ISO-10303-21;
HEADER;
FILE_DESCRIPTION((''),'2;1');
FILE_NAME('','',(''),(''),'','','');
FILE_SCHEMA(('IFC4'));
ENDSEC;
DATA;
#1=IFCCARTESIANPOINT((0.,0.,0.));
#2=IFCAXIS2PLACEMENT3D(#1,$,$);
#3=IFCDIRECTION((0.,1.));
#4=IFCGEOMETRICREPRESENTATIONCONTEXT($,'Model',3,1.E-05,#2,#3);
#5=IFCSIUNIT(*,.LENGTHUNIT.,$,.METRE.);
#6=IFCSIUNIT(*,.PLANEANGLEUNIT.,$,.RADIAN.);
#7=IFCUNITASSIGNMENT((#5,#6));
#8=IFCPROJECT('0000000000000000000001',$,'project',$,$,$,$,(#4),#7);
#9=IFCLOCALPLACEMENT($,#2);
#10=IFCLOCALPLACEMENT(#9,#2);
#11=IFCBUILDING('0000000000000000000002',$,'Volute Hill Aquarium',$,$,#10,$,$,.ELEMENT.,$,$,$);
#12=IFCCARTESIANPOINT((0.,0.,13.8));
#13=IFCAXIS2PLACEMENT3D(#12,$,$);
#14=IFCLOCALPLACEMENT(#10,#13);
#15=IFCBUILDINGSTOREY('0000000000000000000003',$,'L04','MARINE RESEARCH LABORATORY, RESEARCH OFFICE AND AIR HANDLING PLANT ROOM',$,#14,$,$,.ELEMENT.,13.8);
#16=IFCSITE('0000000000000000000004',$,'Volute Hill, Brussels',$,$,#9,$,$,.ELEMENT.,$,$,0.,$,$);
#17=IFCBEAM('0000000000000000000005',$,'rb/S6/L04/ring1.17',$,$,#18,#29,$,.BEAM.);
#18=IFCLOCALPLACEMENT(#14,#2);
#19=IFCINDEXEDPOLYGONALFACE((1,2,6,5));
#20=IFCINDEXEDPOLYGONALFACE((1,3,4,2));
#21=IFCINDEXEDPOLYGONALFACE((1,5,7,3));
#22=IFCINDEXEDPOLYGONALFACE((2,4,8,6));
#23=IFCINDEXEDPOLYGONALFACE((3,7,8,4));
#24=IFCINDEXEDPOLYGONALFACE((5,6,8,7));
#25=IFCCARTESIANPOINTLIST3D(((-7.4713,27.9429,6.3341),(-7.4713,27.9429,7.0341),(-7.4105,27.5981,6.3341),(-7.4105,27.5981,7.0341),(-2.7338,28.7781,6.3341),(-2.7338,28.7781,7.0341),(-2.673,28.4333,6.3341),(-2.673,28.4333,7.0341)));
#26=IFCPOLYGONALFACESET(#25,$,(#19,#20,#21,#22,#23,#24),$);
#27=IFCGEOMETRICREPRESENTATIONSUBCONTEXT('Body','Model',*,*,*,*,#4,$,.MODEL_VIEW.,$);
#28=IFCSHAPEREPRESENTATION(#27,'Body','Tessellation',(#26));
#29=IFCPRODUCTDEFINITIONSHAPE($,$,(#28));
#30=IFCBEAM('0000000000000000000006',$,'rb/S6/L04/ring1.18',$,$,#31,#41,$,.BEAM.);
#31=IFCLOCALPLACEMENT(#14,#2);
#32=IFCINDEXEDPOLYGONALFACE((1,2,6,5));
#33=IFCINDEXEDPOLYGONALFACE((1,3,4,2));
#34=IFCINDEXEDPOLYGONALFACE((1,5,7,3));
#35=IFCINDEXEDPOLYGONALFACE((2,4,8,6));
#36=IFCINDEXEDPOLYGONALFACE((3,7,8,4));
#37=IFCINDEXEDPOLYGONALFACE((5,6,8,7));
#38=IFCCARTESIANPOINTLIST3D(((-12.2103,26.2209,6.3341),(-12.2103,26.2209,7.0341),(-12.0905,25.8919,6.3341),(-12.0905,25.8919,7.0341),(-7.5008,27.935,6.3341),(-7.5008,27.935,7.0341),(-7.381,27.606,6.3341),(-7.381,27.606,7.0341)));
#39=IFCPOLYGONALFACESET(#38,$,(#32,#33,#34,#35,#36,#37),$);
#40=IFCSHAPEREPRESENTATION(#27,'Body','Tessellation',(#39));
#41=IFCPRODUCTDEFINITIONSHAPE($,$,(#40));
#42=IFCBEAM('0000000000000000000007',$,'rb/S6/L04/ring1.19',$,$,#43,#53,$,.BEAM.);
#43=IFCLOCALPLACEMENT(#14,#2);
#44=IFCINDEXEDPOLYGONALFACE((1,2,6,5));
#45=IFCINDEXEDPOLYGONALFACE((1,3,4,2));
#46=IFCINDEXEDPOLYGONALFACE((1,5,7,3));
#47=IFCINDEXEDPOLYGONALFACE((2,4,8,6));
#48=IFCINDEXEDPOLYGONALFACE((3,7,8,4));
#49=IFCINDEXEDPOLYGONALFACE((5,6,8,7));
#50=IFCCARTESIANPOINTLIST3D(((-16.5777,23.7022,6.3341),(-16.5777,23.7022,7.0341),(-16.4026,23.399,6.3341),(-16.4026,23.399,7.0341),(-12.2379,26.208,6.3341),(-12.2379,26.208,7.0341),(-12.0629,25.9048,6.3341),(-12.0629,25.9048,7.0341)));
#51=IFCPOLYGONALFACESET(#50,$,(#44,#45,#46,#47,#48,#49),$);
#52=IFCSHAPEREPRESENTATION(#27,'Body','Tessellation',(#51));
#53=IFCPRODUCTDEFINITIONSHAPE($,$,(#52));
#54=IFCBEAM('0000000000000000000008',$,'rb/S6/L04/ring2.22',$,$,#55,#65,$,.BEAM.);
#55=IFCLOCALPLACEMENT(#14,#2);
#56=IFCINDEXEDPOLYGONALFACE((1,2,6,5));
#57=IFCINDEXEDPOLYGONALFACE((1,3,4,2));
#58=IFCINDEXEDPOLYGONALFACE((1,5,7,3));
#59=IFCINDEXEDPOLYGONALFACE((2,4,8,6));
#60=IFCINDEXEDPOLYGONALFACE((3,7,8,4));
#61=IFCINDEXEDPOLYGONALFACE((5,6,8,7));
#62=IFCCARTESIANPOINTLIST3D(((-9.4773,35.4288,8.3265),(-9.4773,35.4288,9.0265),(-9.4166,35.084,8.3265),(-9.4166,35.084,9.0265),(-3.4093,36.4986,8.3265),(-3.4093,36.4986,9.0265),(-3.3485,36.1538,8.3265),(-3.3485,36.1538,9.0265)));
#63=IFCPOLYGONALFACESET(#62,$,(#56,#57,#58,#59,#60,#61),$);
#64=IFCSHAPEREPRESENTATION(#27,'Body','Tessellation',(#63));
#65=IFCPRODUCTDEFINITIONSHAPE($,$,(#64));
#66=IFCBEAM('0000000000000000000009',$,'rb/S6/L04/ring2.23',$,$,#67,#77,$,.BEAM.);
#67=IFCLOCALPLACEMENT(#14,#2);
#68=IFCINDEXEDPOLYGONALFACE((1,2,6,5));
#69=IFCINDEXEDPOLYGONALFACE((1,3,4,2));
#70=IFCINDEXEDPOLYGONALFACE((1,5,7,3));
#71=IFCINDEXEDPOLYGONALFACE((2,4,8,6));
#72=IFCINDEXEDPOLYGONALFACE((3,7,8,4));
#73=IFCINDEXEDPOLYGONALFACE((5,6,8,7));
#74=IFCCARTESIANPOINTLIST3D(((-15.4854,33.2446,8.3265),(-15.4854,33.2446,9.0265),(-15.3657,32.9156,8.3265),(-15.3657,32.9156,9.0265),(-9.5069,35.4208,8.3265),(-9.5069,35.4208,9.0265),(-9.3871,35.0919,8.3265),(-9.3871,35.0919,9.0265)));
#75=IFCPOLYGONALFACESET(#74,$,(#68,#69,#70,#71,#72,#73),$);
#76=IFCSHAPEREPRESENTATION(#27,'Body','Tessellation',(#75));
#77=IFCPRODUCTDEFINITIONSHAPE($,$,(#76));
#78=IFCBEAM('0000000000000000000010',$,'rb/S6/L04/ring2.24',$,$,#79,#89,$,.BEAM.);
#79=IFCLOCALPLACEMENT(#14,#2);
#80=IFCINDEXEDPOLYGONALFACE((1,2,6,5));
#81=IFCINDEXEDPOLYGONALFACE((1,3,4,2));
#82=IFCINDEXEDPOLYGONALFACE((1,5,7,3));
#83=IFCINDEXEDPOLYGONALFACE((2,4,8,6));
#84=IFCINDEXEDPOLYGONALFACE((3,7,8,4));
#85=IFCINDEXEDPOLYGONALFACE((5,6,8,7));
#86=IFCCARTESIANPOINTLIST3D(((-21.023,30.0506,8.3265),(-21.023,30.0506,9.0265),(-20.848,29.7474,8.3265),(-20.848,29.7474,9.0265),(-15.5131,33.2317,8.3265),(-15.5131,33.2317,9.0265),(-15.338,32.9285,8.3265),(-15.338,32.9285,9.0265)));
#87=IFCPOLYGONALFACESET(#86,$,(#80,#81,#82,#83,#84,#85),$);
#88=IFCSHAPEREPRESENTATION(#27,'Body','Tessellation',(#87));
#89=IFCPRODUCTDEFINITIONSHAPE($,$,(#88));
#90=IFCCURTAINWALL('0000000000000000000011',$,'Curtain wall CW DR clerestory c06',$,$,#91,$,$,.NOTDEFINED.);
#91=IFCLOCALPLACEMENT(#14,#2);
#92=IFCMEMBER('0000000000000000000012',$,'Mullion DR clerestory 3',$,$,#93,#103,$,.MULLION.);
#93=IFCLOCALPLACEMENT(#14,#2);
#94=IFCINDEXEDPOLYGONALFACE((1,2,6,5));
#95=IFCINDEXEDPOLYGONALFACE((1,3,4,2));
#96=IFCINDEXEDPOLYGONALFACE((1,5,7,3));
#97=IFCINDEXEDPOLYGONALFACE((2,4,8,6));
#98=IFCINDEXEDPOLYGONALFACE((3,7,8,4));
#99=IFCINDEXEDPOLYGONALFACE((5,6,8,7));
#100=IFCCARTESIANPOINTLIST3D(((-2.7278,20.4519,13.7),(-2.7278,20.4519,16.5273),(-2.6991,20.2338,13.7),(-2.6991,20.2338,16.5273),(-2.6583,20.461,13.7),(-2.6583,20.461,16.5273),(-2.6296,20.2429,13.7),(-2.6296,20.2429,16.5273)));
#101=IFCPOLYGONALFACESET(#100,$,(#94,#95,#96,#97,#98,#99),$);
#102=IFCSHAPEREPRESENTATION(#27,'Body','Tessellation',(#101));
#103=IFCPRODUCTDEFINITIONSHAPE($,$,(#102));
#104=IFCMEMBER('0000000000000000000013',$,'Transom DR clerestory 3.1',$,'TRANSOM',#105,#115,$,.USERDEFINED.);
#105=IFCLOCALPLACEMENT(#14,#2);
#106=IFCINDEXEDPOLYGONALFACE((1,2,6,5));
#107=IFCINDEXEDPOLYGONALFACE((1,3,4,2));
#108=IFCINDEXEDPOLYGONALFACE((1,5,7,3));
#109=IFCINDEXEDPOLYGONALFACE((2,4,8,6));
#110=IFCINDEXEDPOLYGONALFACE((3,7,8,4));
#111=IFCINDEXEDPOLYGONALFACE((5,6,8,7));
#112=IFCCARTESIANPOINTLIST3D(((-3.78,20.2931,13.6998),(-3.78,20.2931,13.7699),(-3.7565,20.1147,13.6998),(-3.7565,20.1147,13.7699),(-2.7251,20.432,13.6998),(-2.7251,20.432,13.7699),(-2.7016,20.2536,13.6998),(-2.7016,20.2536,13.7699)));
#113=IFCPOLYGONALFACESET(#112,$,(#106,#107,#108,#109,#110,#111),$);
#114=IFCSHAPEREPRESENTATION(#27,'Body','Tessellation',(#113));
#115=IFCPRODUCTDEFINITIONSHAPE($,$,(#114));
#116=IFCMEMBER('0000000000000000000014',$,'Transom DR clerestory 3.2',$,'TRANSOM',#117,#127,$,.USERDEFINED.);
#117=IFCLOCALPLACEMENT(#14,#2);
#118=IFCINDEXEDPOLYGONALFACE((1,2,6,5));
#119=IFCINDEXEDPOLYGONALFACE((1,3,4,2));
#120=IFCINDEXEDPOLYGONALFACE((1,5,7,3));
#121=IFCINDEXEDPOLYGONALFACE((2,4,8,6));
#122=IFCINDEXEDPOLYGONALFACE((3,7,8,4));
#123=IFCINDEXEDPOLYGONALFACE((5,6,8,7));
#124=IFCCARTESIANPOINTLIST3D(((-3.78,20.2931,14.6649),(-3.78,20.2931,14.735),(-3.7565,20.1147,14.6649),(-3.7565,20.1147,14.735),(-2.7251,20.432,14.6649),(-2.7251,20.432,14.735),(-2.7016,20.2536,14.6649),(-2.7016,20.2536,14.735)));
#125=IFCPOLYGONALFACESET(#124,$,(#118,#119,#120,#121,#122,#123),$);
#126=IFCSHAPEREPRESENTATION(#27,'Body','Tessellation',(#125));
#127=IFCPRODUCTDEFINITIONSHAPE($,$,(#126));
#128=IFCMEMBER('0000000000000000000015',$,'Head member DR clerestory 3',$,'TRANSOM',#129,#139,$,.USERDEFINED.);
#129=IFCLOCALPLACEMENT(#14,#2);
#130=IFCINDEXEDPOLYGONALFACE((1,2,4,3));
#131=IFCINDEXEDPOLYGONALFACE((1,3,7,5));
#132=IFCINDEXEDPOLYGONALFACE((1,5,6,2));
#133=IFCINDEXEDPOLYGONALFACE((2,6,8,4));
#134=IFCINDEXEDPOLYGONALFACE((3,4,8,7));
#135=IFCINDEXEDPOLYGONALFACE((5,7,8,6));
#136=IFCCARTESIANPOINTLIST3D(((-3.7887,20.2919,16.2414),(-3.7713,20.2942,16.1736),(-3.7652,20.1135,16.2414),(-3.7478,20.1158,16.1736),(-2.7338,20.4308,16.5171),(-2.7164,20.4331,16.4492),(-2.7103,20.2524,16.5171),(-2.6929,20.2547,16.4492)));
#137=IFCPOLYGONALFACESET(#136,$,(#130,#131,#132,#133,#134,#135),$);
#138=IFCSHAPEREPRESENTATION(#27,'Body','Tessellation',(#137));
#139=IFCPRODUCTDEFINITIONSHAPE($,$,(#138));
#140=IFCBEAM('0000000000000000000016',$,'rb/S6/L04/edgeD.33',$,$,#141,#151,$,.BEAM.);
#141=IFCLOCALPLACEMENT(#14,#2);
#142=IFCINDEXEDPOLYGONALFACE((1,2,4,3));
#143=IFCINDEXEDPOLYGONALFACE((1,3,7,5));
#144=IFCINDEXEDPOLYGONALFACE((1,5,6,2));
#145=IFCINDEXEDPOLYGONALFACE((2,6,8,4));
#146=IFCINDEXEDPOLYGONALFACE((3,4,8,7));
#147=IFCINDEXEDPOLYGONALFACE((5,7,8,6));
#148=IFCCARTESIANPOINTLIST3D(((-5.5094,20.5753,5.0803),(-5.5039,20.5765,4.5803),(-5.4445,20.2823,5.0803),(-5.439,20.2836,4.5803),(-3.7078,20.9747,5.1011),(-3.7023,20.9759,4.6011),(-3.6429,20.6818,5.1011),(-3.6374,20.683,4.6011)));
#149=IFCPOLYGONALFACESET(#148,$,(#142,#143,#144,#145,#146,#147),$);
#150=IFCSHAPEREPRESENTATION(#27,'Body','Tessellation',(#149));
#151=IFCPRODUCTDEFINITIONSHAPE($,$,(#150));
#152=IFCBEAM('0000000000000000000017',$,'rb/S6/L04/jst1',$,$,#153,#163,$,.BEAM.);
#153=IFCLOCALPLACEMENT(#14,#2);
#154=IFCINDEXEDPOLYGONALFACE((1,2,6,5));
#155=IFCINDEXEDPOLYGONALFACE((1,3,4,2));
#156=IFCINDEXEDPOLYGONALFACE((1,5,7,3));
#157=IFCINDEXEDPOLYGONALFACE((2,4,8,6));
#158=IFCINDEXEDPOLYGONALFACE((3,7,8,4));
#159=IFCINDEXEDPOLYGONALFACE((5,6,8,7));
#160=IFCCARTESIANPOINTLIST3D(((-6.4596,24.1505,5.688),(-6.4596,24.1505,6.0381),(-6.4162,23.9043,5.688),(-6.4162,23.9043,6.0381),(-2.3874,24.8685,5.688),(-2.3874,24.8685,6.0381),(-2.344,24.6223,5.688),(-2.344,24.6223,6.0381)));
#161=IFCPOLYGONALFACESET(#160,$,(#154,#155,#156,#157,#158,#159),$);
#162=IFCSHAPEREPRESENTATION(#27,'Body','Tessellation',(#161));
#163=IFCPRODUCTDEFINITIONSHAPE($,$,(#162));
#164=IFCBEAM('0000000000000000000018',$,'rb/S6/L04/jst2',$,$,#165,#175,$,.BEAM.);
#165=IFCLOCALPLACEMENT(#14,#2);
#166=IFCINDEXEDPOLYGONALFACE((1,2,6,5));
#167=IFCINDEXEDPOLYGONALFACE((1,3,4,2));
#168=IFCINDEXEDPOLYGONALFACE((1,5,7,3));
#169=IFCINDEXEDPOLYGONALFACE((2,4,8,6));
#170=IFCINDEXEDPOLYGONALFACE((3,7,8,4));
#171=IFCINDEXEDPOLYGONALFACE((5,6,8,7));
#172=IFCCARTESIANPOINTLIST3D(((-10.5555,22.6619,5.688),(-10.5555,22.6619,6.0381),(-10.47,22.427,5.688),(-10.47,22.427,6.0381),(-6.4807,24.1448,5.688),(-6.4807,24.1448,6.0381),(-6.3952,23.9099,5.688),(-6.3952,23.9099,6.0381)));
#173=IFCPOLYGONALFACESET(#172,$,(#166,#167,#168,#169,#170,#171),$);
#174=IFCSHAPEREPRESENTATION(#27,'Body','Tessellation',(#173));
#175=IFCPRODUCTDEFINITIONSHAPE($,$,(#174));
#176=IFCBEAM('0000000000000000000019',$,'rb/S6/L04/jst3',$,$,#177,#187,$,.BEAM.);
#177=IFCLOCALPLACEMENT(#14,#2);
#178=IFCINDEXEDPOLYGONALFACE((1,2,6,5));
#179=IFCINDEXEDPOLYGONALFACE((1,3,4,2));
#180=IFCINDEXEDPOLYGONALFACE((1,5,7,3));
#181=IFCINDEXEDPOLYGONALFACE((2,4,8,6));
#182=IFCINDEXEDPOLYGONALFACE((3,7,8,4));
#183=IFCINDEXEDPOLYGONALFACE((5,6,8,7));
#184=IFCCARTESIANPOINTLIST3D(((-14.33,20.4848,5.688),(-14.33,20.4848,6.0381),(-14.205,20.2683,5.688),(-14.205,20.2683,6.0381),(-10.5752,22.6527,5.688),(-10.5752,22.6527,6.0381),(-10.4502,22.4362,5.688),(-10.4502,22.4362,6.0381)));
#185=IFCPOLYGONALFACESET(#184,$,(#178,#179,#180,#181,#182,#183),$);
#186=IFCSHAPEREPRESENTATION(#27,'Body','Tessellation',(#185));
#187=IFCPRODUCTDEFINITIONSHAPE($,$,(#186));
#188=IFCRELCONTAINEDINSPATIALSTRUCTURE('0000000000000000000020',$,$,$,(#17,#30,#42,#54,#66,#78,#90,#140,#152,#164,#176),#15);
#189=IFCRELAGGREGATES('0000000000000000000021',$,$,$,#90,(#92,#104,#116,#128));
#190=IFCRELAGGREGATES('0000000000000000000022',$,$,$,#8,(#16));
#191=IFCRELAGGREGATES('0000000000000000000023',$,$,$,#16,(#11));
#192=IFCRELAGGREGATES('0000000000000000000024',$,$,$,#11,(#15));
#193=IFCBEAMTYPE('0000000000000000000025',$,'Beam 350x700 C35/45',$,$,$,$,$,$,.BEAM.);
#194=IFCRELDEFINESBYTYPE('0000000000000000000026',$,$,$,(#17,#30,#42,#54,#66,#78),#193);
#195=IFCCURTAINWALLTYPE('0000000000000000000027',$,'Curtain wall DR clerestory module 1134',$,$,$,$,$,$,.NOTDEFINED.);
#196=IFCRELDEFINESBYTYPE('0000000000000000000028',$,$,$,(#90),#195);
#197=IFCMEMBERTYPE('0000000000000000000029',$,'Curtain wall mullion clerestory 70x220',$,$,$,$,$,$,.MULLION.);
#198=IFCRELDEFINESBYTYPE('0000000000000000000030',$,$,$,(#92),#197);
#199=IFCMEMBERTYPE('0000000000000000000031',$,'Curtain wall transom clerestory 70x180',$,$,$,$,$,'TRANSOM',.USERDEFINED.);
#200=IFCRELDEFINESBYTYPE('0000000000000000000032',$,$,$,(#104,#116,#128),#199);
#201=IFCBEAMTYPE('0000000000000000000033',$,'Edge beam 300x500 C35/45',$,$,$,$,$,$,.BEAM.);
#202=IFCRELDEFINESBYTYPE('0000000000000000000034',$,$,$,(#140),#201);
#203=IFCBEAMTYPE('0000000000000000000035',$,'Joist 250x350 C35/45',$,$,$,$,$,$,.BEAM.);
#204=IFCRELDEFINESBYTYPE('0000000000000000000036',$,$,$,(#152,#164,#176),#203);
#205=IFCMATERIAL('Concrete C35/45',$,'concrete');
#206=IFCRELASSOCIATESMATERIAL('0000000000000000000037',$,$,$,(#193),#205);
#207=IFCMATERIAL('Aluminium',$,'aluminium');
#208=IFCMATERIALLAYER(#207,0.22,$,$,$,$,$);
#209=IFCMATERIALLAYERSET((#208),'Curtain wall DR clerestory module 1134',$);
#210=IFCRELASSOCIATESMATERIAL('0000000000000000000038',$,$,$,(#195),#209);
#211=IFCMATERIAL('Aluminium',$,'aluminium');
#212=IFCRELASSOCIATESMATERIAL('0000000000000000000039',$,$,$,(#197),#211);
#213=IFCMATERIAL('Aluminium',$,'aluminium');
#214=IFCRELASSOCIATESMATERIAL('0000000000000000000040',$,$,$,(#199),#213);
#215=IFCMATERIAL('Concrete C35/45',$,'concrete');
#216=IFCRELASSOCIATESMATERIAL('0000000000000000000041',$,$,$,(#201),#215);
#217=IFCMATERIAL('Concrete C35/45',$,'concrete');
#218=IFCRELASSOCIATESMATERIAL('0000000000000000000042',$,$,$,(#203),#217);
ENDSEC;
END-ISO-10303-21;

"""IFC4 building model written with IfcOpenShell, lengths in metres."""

from ifc_helpers import new_model, si_unit, direction, frame, origin, origin_2d, place, context, subcontext, project, spatial, rectangle, extrude, material, layer, layer_set, material_profile, profile_set, type_object, element, aggregate, save


model = new_model("IFC4")

# Units and contexts
model_context = context("Model", 3, precision=1e-05, world=origin(), true_north=direction((0.0, 1.0)))
body_context = subcontext(model_context, "Body", "Model", "MODEL_VIEW")
ifc_project = project(units=[si_unit("LENGTHUNIT", "METRE"), si_unit("PLANEANGLEUNIT", "RADIAN")], contexts=[model_context])

# Site, building, storey
site_placement = place(None, origin())
site = spatial("IfcSite", under=ifc_project, at=site_placement, Name="Volute Hill, Brussels", CompositionType="ELEMENT", RefElevation=0.0)
building_placement = place(site_placement, origin())
building = spatial("IfcBuilding", under=site, at=building_placement, Name="Volute Hill Aquarium", CompositionType="ELEMENT")
storey_placement = place(building_placement, frame((0.0, 0.0, 13.8)))
storey = spatial("IfcBuildingStorey", under=building, at=storey_placement, Name="L04", Description="MARINE RESEARCH LABORATORY, RESEARCH OFFICE AND AIR HANDLING PLANT ROOM", CompositionType="ELEMENT", Elevation=13.8)

# Beams
ifc_material_1 = material(Name="Concrete C35/45", Category="concrete")
ifc_material_profile_1 = material_profile(ifc_material_1, rectangle(XDim=0.3501, YDim=0.7, at=origin_2d()), Name="RC beam 350x700")
ifc_profile_set_1 = profile_set([ifc_material_profile_1], Name="Concrete C35/45")
beam_type_1 = type_object("IfcBeamType", Name="Beam 350x700 C35/45", PredefinedType="BEAM", material=ifc_profile_set_1)
beam_1_placement = place(storey_placement, frame((-2.7034, 28.6057, 6.6841), z_axis=(-0.984813, -0.173617, 0.0), x_axis=(0.173617, -0.984813, 0.0)))
element("IfcBeam", 1, at=beam_1_placement, inside=storey, type_object=beam_type_1, Name="rb/S6/L04/ring1.17", PredefinedType="BEAM", context=body_context, shape_type="SweptSolid", body=[
    extrude(rectangle(XDim=0.3501, YDim=0.7, at=origin_2d()), origin(), (0.0, 0.0, 1.0), 4.8105),
])
beam_2_placement = place(storey_placement, frame((-7.4409, 27.7705, 6.6841), z_axis=(-0.939692, -0.342021, 0.0), x_axis=(0.342021, -0.939692, 0.0)))
element("IfcBeam", 2, at=beam_2_placement, inside=storey, type_object=beam_type_1, Name="rb/S6/L04/ring1.18", PredefinedType="BEAM", context=body_context, shape_type="SweptSolid", body=[
    extrude(rectangle(XDim=0.3501, YDim=0.7, at=origin_2d()), origin(), (0.0, 0.0, 1.0), 5.0117),
])
beam_3_placement = place(storey_placement, frame((-12.1504, 26.0564, 6.6841), z_axis=(-0.866004, -0.500037, 0.0), x_axis=(0.500037, -0.866004, 0.0)))
element("IfcBeam", 3, at=beam_3_placement, inside=storey, type_object=beam_type_1, Name="rb/S6/L04/ring1.19", PredefinedType="BEAM", context=body_context, shape_type="SweptSolid", body=[
    extrude(rectangle(XDim=0.3501, YDim=0.7, at=origin_2d()), origin(), (0.0, 0.0, 1.0), 5.0112),
])
beam_4_placement = place(storey_placement, frame((-3.3789, 36.3262, 8.6765), z_axis=(-0.984812, -0.173625, 0.0), x_axis=(0.173625, -0.984812, 0.0)))
element("IfcBeam", 4, at=beam_4_placement, inside=storey, type_object=beam_type_1, Name="rb/S6/L04/ring2.22", PredefinedType="BEAM", context=body_context, shape_type="SweptSolid", body=[
    extrude(rectangle(XDim=0.3501, YDim=0.7, at=origin_2d()), origin(), (0.0, 0.0, 1.0), 6.1616),
])
for number, where, z_axis, x_axis, name in (
    (5, (-9.447, 35.2563, 8.6765), (-0.939679, -0.342057, 0.0), (0.342057, -0.939679, 0.0), "rb/S6/L04/ring2.23"),
    (6, (-15.4255, 33.0801, 8.6765), (-0.866029, -0.499994, 0.0), (0.499994, -0.866029, 0.0), "rb/S6/L04/ring2.24"),
):
    element("IfcBeam", number, at=place(storey_placement, frame(where, z_axis=z_axis, x_axis=x_axis)), inside=storey, type_object=beam_type_1, Name=name, PredefinedType="BEAM", context=body_context, shape_type="SweptSolid", body=[
        extrude(rectangle(XDim=0.3501, YDim=0.7, at=origin_2d()), origin(), (0.0, 0.0, 1.0), 6.3623),
    ])

# Curtain wall, members
ifc_material_2 = material(Name="Aluminium", Category="aluminium")
ifc_layer_1 = layer(ifc_material_2, 0.22)
ifc_layer_set_1 = layer_set([ifc_layer_1], Name="Curtain wall DR clerestory module 1134")
curtain_wall_type = type_object("IfcCurtainWallType", Name="Curtain wall DR clerestory module 1134", PredefinedType="NOTDEFINED", material=ifc_layer_set_1)
curtain_wall_placement = place(storey_placement, origin())
curtain_wall = element("IfcCurtainWall", 7, at=curtain_wall_placement, inside=storey, type_object=curtain_wall_type, Name="Curtain wall CW DR clerestory c06", PredefinedType="NOTDEFINED")
ifc_material_3 = material(Name="Aluminium", Category="aluminium")
ifc_material_profile_2 = material_profile(ifc_material_3, rectangle(XDim=0.22, YDim=0.0701, at=origin_2d()), Name="Curtain wall mullion clerestory 70x220")
ifc_profile_set_2 = profile_set([ifc_material_profile_2], Name="Aluminium")
member_type_1 = type_object("IfcMemberType", Name="Curtain wall mullion clerestory 70x220", PredefinedType="MULLION", material=ifc_profile_set_2)
member_1_placement = place(storey_placement, frame((-2.6787, 20.3474, 13.7), z_axis=(0.0, 0.0, 1.0), x_axis=(0.130519, -0.991446, 0.0)))
member_1 = element("IfcMember", 8, at=member_1_placement, type_object=member_type_1, Name="Mullion DR clerestory 3", PredefinedType="MULLION", context=body_context, shape_type="SweptSolid", body=[
    extrude(rectangle(XDim=0.22, YDim=0.0701, at=origin_2d()), origin(), (0.0, 0.0, 1.0), 2.8274),
])
ifc_material_4 = material(Name="Aluminium", Category="aluminium")
ifc_material_profile_3 = material_profile(ifc_material_4, rectangle(XDim=0.1799, YDim=0.0701, at=origin_2d()), Name="Curtain wall transom clerestory 70x180")
ifc_profile_set_3 = profile_set([ifc_material_profile_3], Name="Aluminium")
member_type_2 = type_object("IfcMemberType", Name="Curtain wall transom clerestory 70x180", ElementType="TRANSOM", PredefinedType="USERDEFINED", material=ifc_profile_set_3)
member_2_placement = place(storey_placement, frame((-2.7134, 20.3428, 13.7349), z_axis=(-0.991441, -0.130555, 0.0), x_axis=(0.130555, -0.991441, 0.0)))
member_2 = element("IfcMember", 9, at=member_2_placement, type_object=member_type_2, Name="Transom DR clerestory 3.1", ObjectType="TRANSOM", PredefinedType="USERDEFINED", context=body_context, shape_type="SweptSolid", body=[
    extrude(rectangle(XDim=0.1799, YDim=0.0701, at=origin_2d()), origin(), (0.0, 0.0, 1.0), 1.064),
])
member_3_placement = place(storey_placement, frame((-2.7134, 20.3428, 14.7), z_axis=(-0.991441, -0.130555, 0.0), x_axis=(0.130555, -0.991441, 0.0)))
member_3 = element("IfcMember", 10, at=member_3_placement, type_object=member_type_2, Name="Transom DR clerestory 3.2", ObjectType="TRANSOM", PredefinedType="USERDEFINED", context=body_context, shape_type="SweptSolid", body=[
    extrude(rectangle(XDim=0.1799, YDim=0.0701, at=origin_2d()), origin(), (0.0, 0.0, 1.0), 1.064),
])
member_4_placement = place(storey_placement, frame((-2.7134, 20.3428, 16.4832), z_axis=(-0.959762, -0.126384, -0.250769), x_axis=(0.130555, -0.991441, 0.0)))
member_4 = element("IfcMember", 11, at=member_4_placement, type_object=member_type_2, Name="Head member DR clerestory 3", ObjectType="TRANSOM", PredefinedType="USERDEFINED", context=body_context, shape_type="SweptSolid", body=[
    extrude(rectangle(XDim=0.1799, YDim=0.0701, at=origin_2d()), origin(), (0.0, 0.0, 1.0), 1.0991),
])

# Beams
ifc_material_5 = material(Name="Concrete C35/45", Category="concrete")
ifc_material_profile_4 = material_profile(ifc_material_5, rectangle(XDim=0.3, YDim=0.5, at=origin_2d()), Name="RC edge beam 300x500")
ifc_profile_set_4 = profile_set([ifc_material_profile_4], Name="Concrete C35/45")
beam_type_2 = type_object("IfcBeamType", Name="Edge beam 300x500 C35/45", PredefinedType="BEAM", material=ifc_profile_set_4)
beam_5_placement = place(storey_placement, frame((-3.6726, 20.8289, 4.8511), z_axis=(-0.976231, -0.21644, -0.011245), x_axis=(0.216454, -0.976293, 0.0)))
element("IfcBeam", 12, at=beam_5_placement, inside=storey, type_object=beam_type_2, Name="rb/S6/L04/edgeD.33", PredefinedType="BEAM", context=body_context, shape_type="SweptSolid", body=[
    extrude(rectangle(XDim=0.3, YDim=0.5, at=origin_2d()), origin(), (0.0, 0.0, 1.0), 1.8455),
])
ifc_material_6 = material(Name="Concrete C35/45", Category="concrete")
ifc_material_profile_5 = material_profile(ifc_material_6, rectangle(XDim=0.25, YDim=0.3501, at=origin_2d()), Name="RC joist 250x350")
ifc_profile_set_5 = profile_set([ifc_material_profile_5], Name="Concrete C35/45")
beam_type_3 = type_object("IfcBeamType", Name="Joist 250x350 C35/45", PredefinedType="BEAM", material=ifc_profile_set_5)
beam_6_placement = place(storey_placement, frame((-2.3657, 24.7454, 5.863), z_axis=(-0.984809, -0.173641, 0.0), x_axis=(0.173641, -0.984809, 0.0)))
element("IfcBeam", 13, at=beam_6_placement, inside=storey, type_object=beam_type_3, Name="rb/S6/L04/jst1", PredefinedType="BEAM", context=body_context, shape_type="SweptSolid", body=[
    extrude(rectangle(XDim=0.25, YDim=0.3501, at=origin_2d()), origin(), (0.0, 0.0, 1.0), 4.135),
])
beam_7_placement = place(storey_placement, frame((-6.438, 24.0273, 5.863), z_axis=(-0.939705, -0.341987, 0.0), x_axis=(0.341987, -0.939705, 0.0)))
element("IfcBeam", 14, at=beam_7_placement, inside=storey, type_object=beam_type_3, Name="rb/S6/L04/jst2", PredefinedType="BEAM", context=body_context, shape_type="SweptSolid", body=[
    extrude(rectangle(XDim=0.25, YDim=0.3501, at=origin_2d()), origin(), (0.0, 0.0, 1.0), 4.3362),
])
beam_8_placement = place(storey_placement, frame((-10.5127, 22.5444, 5.863), z_axis=(-0.866017, -0.500015, 0.0), x_axis=(0.500015, -0.866017, 0.0)))
element("IfcBeam", 15, at=beam_8_placement, inside=storey, type_object=beam_type_3, Name="rb/S6/L04/jst3", PredefinedType="BEAM", context=body_context, shape_type="SweptSolid", body=[
    extrude(rectangle(XDim=0.25, YDim=0.3501, at=origin_2d()), origin(), (0.0, 0.0, 1.0), 4.3357),
])

aggregate(curtain_wall, [member_1, member_2, member_3, member_4])

save(model, "model.ifc")
